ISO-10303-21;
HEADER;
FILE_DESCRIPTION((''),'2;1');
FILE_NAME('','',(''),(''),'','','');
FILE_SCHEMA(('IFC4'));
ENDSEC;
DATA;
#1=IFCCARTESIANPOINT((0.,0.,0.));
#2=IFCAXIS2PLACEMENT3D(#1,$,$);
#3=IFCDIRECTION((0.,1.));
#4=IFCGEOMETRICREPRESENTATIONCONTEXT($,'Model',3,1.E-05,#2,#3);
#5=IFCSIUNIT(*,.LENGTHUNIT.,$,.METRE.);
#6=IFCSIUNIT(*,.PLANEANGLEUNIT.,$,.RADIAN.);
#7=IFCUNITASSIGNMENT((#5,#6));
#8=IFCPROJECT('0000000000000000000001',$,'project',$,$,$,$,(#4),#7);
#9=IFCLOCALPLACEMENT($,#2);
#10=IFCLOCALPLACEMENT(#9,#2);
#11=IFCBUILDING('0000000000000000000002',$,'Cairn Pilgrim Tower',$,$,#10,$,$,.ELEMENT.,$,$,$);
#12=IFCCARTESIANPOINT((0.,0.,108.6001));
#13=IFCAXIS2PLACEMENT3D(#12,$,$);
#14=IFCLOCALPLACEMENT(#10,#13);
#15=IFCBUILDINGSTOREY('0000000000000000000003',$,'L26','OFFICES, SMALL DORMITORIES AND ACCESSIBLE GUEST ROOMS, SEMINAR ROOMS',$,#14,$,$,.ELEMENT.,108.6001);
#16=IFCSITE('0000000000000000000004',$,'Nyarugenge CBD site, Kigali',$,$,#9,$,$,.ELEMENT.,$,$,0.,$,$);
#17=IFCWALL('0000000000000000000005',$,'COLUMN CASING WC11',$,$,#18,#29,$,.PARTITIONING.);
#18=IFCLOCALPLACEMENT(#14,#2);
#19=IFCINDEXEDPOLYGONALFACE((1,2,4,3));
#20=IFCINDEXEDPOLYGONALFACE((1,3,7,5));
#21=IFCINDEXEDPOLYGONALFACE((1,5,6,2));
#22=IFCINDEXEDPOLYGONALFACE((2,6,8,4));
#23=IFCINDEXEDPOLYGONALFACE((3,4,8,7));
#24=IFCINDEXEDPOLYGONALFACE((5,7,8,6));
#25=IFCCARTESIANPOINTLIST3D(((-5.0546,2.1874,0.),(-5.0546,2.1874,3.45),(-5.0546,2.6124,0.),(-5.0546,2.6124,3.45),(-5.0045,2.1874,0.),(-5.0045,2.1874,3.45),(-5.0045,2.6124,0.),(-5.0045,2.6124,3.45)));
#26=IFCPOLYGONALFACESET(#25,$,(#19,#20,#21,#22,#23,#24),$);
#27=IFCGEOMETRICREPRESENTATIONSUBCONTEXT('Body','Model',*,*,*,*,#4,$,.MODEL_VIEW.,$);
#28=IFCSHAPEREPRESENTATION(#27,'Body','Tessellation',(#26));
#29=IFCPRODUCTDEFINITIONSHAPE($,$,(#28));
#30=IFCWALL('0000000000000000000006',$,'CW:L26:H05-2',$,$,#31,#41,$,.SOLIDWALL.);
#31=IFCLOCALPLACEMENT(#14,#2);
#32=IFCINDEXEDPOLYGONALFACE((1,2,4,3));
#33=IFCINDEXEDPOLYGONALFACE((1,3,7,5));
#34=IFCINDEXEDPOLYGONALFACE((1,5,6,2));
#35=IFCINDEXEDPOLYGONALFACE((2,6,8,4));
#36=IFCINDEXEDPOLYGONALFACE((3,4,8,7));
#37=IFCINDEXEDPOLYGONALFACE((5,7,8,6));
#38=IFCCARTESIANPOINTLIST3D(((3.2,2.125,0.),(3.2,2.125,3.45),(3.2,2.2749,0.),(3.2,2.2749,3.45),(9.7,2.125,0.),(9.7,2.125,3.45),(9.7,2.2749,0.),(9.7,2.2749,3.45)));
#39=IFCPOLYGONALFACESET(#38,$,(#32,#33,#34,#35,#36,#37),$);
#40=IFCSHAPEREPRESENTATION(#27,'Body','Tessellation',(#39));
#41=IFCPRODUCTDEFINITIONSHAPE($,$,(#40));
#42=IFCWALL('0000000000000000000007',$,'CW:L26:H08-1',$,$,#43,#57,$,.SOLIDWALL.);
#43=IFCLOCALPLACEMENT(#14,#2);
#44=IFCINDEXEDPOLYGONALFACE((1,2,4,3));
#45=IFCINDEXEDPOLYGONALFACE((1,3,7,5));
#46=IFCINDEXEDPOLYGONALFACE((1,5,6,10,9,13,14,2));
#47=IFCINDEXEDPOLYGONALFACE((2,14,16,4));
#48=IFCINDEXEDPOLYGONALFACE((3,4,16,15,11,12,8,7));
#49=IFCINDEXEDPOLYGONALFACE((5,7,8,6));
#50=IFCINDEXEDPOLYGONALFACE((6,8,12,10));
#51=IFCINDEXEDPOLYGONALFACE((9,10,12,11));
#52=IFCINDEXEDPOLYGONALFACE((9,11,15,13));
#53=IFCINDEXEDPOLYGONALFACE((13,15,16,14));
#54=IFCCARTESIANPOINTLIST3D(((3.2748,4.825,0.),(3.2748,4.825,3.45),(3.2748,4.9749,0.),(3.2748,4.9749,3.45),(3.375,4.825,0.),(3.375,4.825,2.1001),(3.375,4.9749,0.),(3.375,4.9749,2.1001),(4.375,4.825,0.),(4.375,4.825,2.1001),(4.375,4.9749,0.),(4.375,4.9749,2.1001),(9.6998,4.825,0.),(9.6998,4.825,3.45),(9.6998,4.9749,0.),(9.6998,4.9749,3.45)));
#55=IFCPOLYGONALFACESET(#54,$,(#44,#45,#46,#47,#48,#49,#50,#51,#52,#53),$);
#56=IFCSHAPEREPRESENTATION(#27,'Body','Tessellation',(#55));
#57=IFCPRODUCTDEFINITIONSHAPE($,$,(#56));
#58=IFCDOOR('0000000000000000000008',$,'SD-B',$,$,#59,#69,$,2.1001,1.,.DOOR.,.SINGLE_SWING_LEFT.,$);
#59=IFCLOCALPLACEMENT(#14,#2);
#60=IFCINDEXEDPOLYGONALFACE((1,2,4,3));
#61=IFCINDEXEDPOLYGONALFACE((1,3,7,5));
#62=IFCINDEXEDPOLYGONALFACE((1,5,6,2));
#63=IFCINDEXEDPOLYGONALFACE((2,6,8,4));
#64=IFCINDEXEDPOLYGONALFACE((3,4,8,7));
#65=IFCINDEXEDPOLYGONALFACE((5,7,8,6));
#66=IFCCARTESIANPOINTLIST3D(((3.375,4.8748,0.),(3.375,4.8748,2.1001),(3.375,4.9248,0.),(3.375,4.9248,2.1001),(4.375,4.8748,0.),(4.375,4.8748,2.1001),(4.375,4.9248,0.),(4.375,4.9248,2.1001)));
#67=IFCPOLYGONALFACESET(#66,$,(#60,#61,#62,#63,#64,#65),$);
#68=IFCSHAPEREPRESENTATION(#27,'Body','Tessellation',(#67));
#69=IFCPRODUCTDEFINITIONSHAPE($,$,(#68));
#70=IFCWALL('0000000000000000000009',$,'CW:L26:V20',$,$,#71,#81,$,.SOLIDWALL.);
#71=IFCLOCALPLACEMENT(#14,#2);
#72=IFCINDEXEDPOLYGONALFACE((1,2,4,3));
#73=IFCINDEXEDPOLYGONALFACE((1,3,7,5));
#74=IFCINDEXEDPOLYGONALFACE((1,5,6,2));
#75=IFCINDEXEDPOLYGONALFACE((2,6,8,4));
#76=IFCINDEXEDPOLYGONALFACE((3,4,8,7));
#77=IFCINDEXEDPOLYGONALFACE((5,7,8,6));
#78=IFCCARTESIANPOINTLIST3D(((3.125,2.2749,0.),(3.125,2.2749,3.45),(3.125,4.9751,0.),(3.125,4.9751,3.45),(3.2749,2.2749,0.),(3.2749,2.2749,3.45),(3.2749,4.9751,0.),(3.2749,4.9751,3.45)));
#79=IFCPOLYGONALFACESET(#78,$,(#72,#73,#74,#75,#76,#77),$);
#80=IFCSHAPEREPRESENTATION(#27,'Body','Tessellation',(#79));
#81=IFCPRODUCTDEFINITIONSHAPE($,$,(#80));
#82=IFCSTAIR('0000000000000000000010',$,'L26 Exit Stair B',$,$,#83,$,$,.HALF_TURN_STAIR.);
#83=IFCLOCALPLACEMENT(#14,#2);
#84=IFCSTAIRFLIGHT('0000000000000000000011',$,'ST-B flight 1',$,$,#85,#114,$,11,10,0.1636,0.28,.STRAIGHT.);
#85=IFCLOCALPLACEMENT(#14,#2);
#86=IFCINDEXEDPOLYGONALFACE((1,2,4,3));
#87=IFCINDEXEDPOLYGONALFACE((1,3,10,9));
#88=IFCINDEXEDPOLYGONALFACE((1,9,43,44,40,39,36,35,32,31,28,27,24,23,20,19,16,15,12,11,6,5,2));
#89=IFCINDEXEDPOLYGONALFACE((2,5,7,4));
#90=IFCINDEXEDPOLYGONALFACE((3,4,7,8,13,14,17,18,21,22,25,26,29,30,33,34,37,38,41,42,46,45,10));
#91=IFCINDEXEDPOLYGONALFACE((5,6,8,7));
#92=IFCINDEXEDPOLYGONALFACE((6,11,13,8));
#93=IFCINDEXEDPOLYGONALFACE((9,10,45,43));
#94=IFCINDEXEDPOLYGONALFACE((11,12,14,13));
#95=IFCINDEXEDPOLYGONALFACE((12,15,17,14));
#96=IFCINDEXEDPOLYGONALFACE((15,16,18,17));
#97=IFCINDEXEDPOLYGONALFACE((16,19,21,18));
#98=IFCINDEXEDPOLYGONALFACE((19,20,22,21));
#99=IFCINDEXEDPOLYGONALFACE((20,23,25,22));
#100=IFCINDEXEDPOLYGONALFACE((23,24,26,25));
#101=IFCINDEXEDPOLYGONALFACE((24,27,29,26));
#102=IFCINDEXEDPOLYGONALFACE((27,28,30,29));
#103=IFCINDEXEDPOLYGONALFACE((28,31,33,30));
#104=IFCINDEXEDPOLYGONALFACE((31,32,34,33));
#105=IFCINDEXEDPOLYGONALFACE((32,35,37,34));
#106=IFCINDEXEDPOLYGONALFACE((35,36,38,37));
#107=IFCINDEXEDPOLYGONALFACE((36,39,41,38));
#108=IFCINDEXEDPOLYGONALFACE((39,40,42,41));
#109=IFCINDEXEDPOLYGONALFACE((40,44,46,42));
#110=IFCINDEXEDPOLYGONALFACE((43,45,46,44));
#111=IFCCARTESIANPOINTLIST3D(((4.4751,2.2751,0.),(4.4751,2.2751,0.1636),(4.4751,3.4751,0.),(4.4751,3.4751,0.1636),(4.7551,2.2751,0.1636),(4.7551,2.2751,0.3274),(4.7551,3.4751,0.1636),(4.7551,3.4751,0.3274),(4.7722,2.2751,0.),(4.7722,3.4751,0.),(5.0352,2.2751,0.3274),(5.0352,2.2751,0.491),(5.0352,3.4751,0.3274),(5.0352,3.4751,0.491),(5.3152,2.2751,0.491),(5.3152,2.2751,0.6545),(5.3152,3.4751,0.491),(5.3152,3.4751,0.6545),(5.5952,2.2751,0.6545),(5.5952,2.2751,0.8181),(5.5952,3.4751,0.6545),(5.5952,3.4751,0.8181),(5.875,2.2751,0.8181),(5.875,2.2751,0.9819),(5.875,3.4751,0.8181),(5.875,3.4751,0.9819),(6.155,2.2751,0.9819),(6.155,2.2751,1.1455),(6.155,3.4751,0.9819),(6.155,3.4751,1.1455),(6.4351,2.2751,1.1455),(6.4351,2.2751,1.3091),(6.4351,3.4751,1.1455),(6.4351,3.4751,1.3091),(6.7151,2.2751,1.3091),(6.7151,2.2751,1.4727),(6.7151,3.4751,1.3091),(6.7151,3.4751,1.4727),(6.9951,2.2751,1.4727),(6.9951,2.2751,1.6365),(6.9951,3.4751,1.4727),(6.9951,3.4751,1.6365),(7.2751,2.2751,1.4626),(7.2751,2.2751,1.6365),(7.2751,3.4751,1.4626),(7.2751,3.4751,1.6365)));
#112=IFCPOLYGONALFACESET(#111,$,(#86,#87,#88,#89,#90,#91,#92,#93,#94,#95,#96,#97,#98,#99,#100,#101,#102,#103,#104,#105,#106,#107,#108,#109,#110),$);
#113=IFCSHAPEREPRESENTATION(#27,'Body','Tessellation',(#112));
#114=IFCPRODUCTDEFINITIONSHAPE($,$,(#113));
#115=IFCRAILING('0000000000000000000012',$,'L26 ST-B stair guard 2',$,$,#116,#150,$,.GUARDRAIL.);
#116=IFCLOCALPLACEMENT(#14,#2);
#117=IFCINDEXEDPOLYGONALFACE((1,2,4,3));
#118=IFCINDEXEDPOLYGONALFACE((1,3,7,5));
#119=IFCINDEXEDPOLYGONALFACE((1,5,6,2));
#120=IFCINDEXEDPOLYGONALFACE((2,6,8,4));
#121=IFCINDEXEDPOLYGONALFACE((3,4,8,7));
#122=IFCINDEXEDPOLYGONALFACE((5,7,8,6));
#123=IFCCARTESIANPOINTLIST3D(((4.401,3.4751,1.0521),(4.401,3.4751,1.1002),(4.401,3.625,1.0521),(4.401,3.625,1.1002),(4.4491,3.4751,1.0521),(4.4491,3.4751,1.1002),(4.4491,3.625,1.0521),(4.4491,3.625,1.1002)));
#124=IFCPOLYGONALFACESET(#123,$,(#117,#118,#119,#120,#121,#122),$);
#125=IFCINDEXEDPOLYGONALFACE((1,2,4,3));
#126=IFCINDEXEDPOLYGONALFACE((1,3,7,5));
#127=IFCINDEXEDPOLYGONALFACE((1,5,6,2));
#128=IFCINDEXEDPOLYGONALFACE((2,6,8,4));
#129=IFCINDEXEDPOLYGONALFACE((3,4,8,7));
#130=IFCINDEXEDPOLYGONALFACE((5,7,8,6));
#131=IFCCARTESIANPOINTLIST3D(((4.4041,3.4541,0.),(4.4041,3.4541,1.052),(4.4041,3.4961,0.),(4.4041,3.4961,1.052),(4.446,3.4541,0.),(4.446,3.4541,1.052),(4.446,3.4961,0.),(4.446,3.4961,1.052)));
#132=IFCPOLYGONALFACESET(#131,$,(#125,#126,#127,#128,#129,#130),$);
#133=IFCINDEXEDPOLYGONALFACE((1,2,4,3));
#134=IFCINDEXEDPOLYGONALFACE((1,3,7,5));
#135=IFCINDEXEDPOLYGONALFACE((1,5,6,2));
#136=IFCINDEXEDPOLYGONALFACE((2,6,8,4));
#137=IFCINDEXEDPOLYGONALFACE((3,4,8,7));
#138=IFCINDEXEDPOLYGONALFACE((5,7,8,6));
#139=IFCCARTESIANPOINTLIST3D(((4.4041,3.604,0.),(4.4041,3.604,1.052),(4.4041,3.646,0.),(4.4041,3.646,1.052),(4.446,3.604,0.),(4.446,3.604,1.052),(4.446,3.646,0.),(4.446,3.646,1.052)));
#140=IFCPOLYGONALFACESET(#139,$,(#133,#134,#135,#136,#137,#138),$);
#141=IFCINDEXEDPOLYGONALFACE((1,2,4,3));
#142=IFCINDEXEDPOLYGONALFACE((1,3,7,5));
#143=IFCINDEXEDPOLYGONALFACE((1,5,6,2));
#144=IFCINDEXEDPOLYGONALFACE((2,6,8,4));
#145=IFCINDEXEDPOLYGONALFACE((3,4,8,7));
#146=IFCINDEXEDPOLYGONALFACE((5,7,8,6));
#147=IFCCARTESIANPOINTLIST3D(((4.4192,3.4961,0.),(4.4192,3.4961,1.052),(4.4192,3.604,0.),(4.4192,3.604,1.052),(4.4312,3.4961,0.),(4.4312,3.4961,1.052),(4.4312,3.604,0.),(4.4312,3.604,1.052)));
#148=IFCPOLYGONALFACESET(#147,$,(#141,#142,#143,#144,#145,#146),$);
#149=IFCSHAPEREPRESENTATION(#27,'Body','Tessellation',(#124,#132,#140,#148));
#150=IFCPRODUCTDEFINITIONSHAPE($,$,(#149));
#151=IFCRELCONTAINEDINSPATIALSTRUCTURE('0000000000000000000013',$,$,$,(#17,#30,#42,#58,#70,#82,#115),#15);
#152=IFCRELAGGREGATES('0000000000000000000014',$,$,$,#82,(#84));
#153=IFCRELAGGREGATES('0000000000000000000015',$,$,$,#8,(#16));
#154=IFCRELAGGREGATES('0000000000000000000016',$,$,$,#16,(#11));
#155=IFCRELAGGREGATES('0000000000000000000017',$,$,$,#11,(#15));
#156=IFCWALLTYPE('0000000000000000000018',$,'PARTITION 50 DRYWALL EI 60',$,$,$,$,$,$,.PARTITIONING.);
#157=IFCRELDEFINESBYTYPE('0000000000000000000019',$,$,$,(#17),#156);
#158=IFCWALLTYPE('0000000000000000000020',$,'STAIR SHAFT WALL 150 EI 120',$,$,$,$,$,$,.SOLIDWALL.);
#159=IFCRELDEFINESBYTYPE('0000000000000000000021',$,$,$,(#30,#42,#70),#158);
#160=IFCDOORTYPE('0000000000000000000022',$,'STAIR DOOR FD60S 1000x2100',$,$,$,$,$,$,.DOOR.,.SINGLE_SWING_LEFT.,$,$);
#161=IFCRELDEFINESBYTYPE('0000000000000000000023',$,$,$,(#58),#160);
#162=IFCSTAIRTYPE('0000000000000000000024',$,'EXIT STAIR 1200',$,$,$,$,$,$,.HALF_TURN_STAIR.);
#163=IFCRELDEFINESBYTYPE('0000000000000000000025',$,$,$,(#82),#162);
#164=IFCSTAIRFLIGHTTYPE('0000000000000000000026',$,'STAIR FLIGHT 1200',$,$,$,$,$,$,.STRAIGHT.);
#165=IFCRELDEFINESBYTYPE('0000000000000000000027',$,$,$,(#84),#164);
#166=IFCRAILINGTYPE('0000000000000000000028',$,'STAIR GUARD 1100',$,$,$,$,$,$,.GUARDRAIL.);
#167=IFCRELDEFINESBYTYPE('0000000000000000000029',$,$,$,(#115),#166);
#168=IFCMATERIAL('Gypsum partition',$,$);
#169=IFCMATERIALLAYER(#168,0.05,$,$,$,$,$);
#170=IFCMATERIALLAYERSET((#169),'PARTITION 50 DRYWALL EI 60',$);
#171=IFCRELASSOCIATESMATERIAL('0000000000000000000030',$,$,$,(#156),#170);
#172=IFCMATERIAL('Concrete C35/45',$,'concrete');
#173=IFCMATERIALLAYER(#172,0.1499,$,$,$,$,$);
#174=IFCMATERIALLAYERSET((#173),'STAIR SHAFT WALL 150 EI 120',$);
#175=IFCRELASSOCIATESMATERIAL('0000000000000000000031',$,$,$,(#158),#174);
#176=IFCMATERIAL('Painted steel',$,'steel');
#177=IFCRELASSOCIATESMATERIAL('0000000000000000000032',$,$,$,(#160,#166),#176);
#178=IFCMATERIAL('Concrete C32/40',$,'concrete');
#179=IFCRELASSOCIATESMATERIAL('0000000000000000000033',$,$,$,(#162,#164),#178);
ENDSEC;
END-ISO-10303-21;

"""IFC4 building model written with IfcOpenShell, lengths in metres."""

from ifc_helpers import new_model, si_unit, direction, frame, frame_2d, origin, origin_2d, place, context, subcontext, project, spatial, polyline, rectangle, outline, extrude, material, layer, layer_set, type_object, element, fill, aggregate, save


model = new_model("IFC4")

# Units and contexts
model_context = context("Model", 3, precision=1e-05, world=origin(), true_north=direction((0.0, 1.0)))
body_context = subcontext(model_context, "Body", "Model", "MODEL_VIEW")
ifc_project = project(units=[si_unit("LENGTHUNIT", "METRE"), si_unit("PLANEANGLEUNIT", "RADIAN")], contexts=[model_context])

# Site, building, storey
site_placement = place(None, origin())
site = spatial("IfcSite", under=ifc_project, at=site_placement, Name="Nyarugenge CBD site, Kigali", CompositionType="ELEMENT", RefElevation=0.0)
building_placement = place(site_placement, origin())
building = spatial("IfcBuilding", under=site, at=building_placement, Name="Cairn Pilgrim Tower", CompositionType="ELEMENT")
storey_placement = place(building_placement, frame((0.0, 0.0, 108.6001)))
storey = spatial("IfcBuildingStorey", under=building, at=storey_placement, Name="L26", Description="OFFICES, SMALL DORMITORIES AND ACCESSIBLE GUEST ROOMS, SEMINAR ROOMS", CompositionType="ELEMENT", Elevation=108.6001)

# Shared definitions
ifc_material_1 = material(Name="Concrete C32/40", Category="concrete")

# Shared definitions
ifc_material_2 = material(Name="Painted steel", Category="steel")

# Walls
ifc_material_3 = material(Name="Gypsum partition")
ifc_layer_1 = layer(ifc_material_3, 0.05)
ifc_layer_set_1 = layer_set([ifc_layer_1], Name="PARTITION 50 DRYWALL EI 60")
wall_type_1 = type_object("IfcWallType", Name="PARTITION 50 DRYWALL EI 60", PredefinedType="PARTITIONING", material=ifc_layer_set_1)
wall_1_placement = place(storey_placement, frame((-5.0295, 2.1875, 0.0), z_axis=(0.0, 0.0, 1.0), x_axis=(0.0, 1.0, 0.0)))
element("IfcWall", 1, at=wall_1_placement, inside=storey, type_object=wall_type_1, Name="COLUMN CASING WC11", PredefinedType="PARTITIONING", context=body_context, shape_type="SweptSolid", body=[
    extrude(rectangle(XDim=0.425, YDim=0.05, at=frame_2d((0.2124, 0.0))), origin(), (0.0, 0.0, 1.0), 3.45),
])
ifc_material_4 = material(Name="Concrete C35/45", Category="concrete")
ifc_layer_2 = layer(ifc_material_4, 0.1499)
ifc_layer_set_2 = layer_set([ifc_layer_2], Name="STAIR SHAFT WALL 150 EI 120")
wall_type_2 = type_object("IfcWallType", Name="STAIR SHAFT WALL 150 EI 120", PredefinedType="SOLIDWALL", material=ifc_layer_set_2)
wall_2_placement = place(storey_placement, frame((3.2, 2.2, 0.0), z_axis=(0.0, 0.0, 1.0), x_axis=(1.0, 0.0, 0.0)))
element("IfcWall", 2, at=wall_2_placement, inside=storey, type_object=wall_type_2, Name="CW:L26:H05-2", PredefinedType="SOLIDWALL", context=body_context, shape_type="SweptSolid", body=[
    extrude(rectangle(XDim=6.5, YDim=0.1499, at=frame_2d((3.25, 0.0))), origin(), (0.0, 0.0, 1.0), 3.45),
])

# Wall, opening, door
wall_3_placement = place(storey_placement, frame((3.2749, 4.8999, 0.0), z_axis=(0.0, 0.0, 1.0), x_axis=(1.0, 0.0, 0.0)))
wall_3 = element("IfcWall", 3, at=wall_3_placement, inside=storey, type_object=wall_type_2, Name="CW:L26:H08-1", PredefinedType="SOLIDWALL", context=body_context, shape_type="SweptSolid", body=[
    extrude(rectangle(XDim=6.425, YDim=0.1499, at=frame_2d((3.2124, 0.0))), origin(), (0.0, 0.0, 1.0), 3.45),
])
opening_1_placement = place(wall_3_placement, frame((0.1001, 0.0, 0.0)))
opening_1 = element("IfcOpeningElement", 4, at=opening_1_placement, cuts=wall_3, PredefinedType="OPENING", context=body_context, shape_type="SweptSolid", body=[
    extrude(rectangle(XDim=1.0, YDim=2.1001, at=frame_2d((0.5, 1.05))), frame((0.0, 0.085, 0.0), z_axis=(0.0, -1.0, 0.0), x_axis=(1.0, 0.0, 0.0)), (0.0, 0.0, 1.0), 0.1699),
])
door_type_1 = type_object("IfcDoorType", Name="STAIR DOOR FD60S 1000x2100", OperationType="SINGLE_SWING_LEFT", PredefinedType="DOOR", material=ifc_material_2)
door_1_placement = place(opening_1_placement, origin())
door_1 = element("IfcDoor", 5, at=door_1_placement, inside=storey, type_object=door_type_1, Name="SD-B", OperationType="SINGLE_SWING_LEFT", OverallHeight=2.1001, OverallWidth=1.0, PredefinedType="DOOR", context=body_context, shape_type="SweptSolid", body=[
    extrude(rectangle(XDim=1.0, YDim=2.1001, at=frame_2d((0.5, 1.05))), frame((0.0, 0.0249, 0.0), z_axis=(0.0, -1.0, 0.0), x_axis=(1.0, 0.0, 0.0)), (0.0, 0.0, 1.0), 0.05),
])
fill(opening_1, door_1)

# Wall
wall_4_placement = place(storey_placement, frame((3.2, 2.2749, 0.0), z_axis=(0.0, 0.0, 1.0), x_axis=(0.0, 1.0, 0.0)))
element("IfcWall", 6, at=wall_4_placement, inside=storey, type_object=wall_type_2, Name="CW:L26:V20", PredefinedType="SOLIDWALL", context=body_context, shape_type="SweptSolid", body=[
    extrude(rectangle(XDim=2.7002, YDim=0.1499, at=frame_2d((1.3501, 0.0))), origin(), (0.0, 0.0, 1.0), 3.45),
])

# Stair, stair flight
stair_type = type_object("IfcStairType", Name="EXIT STAIR 1200", PredefinedType="HALF_TURN_STAIR", material=ifc_material_1)
stair_placement = place(storey_placement, origin())
stair = element("IfcStair", 7, at=stair_placement, inside=storey, type_object=stair_type, Name="L26 Exit Stair B", PredefinedType="HALF_TURN_STAIR")
stair_flight_type = type_object("IfcStairFlightType", Name="STAIR FLIGHT 1200", PredefinedType="STRAIGHT", material=ifc_material_1)
stair_flight_placement = place(storey_placement, frame((4.4751, 2.875, 0.0), z_axis=(0.0, 0.0, 1.0), x_axis=(1.0, 0.0, 0.0)))
stair_flight = element("IfcStairFlight", 8, at=stair_flight_placement, type_object=stair_flight_type, Name="ST-B flight 1", NumberOfRisers=11, NumberOfTreads=10, PredefinedType="STRAIGHT", RiserHeight=0.1636, TreadLength=0.28, context=body_context, shape_type="SweptSolid", body=[
    extrude(outline(polyline([(0.0, 0.0), (0.0, 0.1636), (0.28, 0.1636), (0.28, 0.3274), (0.5601, 0.3274), (0.5601, 0.491), (0.8401, 0.491), (0.8401, 0.6545), (1.1201, 0.6545), (1.1201, 0.8181), (1.3999, 0.8181), (1.3999, 0.9819), (1.6799, 0.9819), (1.6799, 1.1455), (1.96, 1.1455), (1.96, 1.3091), (2.24, 1.3091), (2.24, 1.4727), (2.52, 1.4727), (2.52, 1.6365), (2.8, 1.6365), (2.8, 1.8), (2.8, 1.4626), (0.2971, 0.0), (0.0, 0.0)])), frame((0.0, 0.6001, 0.0), z_axis=(0.0, -1.0, 0.0), x_axis=(1.0, 0.0, 0.0)), (0.0, 0.0, 1.0), 1.2),
])
aggregate(stair, [stair_flight])

# Railing
railing_type = type_object("IfcRailingType", Name="STAIR GUARD 1100", PredefinedType="GUARDRAIL", material=ifc_material_2)
railing_placement = place(storey_placement, frame((4.425, 3.4751, 0.0)))
element("IfcRailing", 9, at=railing_placement, inside=storey, type_object=railing_type, Name="L26 ST-B stair guard 2", PredefinedType="GUARDRAIL", context=body_context, shape_type="SweptSolid", body=[
    extrude(rectangle(XDim=0.0481, YDim=0.0481, at=origin_2d()), frame((0.0, 0.0, 1.0762), z_axis=(0.0, 1.0, 0.0), x_axis=(-1.0, 0.0, 0.0)), (0.0, 0.0, 1.0), 0.1499),
    extrude(rectangle(XDim=0.042, YDim=0.042, at=origin_2d()), origin(), (0.0, 0.0, 1.0), 1.052),
    extrude(rectangle(XDim=0.042, YDim=0.042, at=origin_2d()), frame((0.0, 0.1499, 0.0)), (0.0, 0.0, 1.0), 1.052),
    extrude(outline(polyline([(0.021, 0.0), (0.1289, 0.0), (0.1289, 1.052), (0.021, 1.052), (0.021, 0.0)])), frame((-0.0059, 0.0, 0.0), z_axis=(1.0, 0.0, 0.0), x_axis=(0.0, 1.0, 0.0)), (0.0, 0.0, 1.0), 0.012),
])

save(model, "model.ifc")
